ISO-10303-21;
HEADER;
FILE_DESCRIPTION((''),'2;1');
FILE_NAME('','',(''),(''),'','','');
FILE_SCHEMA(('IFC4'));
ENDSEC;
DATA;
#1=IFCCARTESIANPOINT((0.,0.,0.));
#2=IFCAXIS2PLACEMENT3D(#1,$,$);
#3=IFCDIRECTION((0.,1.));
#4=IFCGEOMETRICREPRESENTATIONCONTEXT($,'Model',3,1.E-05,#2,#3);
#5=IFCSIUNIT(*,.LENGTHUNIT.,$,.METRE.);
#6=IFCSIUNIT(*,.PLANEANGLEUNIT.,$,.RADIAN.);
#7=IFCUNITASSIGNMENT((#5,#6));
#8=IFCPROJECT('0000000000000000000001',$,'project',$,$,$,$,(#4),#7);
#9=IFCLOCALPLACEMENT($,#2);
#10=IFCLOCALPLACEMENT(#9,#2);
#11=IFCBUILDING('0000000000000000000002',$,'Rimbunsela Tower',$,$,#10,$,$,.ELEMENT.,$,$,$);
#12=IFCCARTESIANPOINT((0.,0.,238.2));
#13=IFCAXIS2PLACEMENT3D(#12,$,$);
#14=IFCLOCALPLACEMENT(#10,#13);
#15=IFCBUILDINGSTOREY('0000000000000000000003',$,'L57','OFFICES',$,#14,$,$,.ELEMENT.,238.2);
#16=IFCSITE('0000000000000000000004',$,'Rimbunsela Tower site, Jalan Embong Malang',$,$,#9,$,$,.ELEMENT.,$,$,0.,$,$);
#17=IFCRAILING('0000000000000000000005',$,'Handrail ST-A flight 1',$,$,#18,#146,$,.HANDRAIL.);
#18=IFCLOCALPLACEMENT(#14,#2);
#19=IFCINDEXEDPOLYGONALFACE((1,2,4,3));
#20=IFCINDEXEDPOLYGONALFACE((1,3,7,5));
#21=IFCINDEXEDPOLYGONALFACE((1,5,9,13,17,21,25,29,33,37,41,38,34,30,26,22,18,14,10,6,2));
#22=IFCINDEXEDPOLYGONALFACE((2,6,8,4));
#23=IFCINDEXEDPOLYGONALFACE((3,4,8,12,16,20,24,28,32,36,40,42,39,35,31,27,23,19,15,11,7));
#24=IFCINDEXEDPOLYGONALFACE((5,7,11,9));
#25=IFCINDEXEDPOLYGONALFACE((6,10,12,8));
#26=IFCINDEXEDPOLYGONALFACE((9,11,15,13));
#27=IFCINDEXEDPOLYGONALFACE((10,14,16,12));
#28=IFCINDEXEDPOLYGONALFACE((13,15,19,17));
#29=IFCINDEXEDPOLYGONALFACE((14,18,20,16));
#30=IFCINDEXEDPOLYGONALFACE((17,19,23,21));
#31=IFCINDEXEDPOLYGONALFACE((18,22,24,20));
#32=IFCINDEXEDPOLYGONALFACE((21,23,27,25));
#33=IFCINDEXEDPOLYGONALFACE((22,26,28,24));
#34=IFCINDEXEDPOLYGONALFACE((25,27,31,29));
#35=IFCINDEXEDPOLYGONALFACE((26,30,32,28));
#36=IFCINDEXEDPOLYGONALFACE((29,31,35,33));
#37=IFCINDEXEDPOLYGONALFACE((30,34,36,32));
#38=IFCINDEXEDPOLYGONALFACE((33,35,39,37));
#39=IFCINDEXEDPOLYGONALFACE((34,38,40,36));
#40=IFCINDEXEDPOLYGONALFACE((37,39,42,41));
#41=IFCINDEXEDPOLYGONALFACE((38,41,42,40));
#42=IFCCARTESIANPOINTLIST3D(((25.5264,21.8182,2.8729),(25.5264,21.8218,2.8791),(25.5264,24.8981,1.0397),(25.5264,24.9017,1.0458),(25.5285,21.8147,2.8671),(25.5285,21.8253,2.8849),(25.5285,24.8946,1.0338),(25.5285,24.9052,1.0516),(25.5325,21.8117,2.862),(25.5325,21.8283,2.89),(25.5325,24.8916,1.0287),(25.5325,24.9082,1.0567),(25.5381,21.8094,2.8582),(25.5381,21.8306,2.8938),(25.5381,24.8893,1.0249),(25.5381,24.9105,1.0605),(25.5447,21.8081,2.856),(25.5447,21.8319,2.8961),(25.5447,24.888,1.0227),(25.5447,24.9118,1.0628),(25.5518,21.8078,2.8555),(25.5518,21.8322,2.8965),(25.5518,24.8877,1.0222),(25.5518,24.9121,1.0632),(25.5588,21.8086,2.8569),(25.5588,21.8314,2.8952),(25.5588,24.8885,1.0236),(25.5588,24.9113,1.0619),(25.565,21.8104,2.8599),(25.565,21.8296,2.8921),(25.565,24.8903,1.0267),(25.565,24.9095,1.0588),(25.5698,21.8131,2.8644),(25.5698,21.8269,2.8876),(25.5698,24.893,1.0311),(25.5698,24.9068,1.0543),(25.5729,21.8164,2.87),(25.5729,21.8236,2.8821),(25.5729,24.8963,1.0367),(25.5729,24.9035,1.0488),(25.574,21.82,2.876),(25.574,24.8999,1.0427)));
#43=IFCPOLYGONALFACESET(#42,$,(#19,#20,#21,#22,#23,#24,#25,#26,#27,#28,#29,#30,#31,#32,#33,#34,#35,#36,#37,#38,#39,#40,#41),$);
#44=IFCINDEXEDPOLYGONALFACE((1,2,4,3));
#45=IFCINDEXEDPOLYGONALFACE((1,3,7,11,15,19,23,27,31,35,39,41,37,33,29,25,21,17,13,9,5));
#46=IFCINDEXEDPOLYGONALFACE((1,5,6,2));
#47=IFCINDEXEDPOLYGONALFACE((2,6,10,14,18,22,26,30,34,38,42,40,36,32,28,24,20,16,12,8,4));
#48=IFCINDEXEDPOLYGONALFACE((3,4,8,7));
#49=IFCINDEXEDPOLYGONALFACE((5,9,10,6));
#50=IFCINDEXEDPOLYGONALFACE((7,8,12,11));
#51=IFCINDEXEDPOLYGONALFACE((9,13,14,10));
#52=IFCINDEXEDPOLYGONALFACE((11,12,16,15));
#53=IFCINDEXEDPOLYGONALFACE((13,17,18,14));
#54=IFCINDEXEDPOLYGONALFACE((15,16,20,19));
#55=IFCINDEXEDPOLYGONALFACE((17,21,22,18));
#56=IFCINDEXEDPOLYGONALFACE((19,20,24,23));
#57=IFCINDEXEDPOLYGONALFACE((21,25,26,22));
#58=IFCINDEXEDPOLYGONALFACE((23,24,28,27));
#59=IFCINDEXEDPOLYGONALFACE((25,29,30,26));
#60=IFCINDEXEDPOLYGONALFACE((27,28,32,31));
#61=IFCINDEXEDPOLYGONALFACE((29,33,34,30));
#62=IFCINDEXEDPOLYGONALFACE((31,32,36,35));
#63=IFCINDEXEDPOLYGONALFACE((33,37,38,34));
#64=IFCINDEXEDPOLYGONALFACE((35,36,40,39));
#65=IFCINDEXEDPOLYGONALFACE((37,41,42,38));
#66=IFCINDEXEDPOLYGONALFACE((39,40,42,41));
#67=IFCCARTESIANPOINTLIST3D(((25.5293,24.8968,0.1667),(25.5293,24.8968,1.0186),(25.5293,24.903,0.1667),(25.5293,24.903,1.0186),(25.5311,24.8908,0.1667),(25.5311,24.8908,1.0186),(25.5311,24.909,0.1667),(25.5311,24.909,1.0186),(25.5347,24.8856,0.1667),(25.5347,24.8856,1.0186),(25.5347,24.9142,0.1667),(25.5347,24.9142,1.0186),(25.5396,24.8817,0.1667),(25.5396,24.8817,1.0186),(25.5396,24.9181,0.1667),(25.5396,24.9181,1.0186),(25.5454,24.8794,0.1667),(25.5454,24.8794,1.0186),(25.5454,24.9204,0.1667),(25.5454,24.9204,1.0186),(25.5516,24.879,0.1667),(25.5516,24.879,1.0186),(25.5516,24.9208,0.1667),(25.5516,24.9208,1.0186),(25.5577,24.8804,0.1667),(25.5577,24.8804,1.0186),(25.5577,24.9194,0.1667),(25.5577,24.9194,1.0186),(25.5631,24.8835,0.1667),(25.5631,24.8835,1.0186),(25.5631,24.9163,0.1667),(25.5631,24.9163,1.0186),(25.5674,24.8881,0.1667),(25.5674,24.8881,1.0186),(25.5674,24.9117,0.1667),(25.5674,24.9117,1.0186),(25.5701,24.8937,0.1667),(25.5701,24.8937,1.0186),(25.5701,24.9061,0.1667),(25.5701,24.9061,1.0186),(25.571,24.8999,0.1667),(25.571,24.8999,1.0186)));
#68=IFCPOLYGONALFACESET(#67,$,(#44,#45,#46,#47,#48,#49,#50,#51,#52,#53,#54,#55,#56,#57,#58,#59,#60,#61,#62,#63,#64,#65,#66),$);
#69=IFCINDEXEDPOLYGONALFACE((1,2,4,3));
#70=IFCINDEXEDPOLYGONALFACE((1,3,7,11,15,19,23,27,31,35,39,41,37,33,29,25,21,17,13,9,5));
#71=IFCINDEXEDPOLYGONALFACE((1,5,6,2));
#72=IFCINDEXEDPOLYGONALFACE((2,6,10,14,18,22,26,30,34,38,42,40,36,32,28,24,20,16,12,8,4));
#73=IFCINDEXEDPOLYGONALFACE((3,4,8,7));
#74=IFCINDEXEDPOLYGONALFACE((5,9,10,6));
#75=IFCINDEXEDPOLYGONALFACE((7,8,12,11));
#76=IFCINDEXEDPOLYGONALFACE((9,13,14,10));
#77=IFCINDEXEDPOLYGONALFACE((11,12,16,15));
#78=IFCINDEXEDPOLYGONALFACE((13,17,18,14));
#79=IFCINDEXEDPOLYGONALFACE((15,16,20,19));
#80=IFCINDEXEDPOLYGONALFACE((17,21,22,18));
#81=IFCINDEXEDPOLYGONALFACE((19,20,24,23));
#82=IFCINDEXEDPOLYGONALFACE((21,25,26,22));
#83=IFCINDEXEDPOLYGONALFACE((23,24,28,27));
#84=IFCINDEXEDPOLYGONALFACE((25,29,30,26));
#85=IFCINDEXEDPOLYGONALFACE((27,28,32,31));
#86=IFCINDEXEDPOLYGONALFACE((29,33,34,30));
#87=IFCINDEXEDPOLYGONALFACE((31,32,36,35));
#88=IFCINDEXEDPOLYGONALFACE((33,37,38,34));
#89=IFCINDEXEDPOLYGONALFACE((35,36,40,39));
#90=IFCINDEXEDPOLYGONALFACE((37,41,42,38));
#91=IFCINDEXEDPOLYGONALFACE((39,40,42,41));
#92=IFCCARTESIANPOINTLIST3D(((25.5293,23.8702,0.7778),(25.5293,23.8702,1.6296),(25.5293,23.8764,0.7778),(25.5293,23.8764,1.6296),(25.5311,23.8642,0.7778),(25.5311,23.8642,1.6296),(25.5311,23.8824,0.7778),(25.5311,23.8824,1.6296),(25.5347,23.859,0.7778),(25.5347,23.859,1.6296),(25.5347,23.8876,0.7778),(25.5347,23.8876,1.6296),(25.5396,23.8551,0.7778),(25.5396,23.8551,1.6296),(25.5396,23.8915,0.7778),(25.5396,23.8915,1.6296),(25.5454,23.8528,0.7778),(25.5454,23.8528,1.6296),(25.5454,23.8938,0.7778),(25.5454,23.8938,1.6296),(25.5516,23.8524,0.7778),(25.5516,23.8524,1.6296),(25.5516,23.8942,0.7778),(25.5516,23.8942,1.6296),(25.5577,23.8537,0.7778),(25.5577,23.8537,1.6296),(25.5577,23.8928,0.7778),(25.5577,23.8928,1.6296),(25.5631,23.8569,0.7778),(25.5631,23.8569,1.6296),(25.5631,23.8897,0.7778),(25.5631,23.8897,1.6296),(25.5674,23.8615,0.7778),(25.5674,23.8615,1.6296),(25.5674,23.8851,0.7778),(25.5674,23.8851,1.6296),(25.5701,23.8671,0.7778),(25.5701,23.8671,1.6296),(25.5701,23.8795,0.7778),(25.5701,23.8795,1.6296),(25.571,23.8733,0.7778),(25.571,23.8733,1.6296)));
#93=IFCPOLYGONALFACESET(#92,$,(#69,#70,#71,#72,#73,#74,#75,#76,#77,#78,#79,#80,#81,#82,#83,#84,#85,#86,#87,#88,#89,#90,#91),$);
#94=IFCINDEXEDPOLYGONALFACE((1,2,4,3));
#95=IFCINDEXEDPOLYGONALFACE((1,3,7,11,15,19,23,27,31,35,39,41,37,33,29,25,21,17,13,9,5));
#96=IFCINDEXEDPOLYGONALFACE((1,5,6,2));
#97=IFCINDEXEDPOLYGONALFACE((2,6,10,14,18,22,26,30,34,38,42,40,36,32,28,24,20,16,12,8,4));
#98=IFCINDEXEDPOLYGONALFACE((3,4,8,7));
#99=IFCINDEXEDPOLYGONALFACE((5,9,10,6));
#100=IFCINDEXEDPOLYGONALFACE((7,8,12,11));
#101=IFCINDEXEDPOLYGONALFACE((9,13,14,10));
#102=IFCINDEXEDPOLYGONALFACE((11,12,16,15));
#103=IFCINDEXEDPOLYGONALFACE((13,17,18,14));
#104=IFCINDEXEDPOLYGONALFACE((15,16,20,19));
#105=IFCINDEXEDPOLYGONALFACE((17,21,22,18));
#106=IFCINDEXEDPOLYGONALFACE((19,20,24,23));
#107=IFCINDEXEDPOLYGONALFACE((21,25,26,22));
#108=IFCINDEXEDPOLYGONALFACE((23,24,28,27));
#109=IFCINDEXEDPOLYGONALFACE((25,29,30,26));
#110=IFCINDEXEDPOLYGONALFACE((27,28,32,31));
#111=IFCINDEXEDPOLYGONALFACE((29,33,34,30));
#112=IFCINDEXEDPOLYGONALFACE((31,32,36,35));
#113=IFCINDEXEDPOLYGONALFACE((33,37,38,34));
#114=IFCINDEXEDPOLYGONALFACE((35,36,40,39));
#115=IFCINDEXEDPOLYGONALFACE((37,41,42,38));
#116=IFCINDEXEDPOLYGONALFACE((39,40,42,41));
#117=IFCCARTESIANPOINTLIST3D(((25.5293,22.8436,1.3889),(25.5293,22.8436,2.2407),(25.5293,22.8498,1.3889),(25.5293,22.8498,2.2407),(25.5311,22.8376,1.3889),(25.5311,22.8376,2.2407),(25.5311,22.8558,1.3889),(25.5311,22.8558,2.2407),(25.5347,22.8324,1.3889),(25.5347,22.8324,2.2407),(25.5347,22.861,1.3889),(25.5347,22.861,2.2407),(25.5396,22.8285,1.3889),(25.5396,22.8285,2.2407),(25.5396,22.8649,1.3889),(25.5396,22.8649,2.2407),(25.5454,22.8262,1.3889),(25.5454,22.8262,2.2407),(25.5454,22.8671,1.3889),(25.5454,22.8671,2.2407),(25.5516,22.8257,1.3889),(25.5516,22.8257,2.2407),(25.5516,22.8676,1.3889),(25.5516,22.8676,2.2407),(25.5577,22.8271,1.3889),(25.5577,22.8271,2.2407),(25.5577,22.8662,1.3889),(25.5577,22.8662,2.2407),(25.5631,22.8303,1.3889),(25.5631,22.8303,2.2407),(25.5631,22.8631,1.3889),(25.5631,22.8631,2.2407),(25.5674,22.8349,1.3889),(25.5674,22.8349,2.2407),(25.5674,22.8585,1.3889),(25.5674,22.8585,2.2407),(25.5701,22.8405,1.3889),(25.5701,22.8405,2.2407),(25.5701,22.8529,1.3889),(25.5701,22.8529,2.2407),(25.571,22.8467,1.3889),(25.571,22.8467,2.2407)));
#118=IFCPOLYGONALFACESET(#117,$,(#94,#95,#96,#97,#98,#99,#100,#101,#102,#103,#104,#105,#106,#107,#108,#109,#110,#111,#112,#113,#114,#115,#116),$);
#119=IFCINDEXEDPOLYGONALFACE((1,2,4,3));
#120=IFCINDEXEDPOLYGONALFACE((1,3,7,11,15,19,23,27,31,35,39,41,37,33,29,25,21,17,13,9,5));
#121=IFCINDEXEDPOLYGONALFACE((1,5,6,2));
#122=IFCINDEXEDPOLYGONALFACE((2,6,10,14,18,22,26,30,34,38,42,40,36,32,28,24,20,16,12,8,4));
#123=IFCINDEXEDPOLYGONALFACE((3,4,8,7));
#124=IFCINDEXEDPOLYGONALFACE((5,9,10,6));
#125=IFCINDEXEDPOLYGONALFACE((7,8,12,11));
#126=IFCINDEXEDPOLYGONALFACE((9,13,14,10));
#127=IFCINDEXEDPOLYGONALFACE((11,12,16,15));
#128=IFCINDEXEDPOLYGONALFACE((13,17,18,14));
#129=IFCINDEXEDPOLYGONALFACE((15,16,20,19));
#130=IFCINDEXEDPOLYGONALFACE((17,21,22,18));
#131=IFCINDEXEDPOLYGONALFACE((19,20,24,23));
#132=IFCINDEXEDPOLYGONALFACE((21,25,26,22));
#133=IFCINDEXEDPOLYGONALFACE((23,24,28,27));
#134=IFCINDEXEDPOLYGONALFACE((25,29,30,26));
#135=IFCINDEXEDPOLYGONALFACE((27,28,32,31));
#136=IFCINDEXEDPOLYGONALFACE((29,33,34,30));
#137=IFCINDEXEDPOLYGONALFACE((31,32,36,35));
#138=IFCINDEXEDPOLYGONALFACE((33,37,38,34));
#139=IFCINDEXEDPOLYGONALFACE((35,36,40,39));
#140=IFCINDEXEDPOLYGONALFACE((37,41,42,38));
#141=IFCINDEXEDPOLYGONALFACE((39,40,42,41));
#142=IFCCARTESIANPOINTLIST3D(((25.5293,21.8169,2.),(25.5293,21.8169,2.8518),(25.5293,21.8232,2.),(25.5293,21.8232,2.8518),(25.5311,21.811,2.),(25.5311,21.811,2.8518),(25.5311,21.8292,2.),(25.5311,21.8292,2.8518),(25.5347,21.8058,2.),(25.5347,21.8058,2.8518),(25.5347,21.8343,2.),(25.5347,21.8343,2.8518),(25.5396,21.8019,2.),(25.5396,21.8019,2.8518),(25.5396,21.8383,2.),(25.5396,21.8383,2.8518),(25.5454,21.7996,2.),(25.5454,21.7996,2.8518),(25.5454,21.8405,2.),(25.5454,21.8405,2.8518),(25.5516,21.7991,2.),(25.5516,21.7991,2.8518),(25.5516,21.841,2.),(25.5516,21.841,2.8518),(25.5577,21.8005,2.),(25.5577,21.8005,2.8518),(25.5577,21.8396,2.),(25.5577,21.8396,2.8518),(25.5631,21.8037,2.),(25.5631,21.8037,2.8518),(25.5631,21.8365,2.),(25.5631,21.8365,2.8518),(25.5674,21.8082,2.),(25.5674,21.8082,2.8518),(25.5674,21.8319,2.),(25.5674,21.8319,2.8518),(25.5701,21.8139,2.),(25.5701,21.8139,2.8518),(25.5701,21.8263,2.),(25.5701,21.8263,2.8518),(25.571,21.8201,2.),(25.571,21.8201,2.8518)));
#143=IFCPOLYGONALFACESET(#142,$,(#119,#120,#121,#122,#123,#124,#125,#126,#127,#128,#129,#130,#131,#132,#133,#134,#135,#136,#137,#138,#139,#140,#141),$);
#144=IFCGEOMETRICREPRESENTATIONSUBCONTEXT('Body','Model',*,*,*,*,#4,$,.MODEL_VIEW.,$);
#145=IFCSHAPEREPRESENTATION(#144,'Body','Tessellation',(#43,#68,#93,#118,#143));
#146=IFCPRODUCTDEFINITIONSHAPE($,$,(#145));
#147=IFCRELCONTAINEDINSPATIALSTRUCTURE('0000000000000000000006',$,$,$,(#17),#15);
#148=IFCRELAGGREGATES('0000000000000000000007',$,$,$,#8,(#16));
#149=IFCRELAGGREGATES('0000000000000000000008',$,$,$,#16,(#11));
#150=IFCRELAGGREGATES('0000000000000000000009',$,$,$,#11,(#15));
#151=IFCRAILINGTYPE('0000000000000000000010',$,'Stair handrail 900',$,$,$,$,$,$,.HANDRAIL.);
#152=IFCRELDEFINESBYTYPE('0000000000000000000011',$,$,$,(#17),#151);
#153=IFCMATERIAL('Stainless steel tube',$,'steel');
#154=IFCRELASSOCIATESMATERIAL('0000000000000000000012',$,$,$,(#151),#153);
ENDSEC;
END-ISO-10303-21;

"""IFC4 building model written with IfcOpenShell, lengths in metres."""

from ifc_helpers import new_model, si_unit, direction, frame, origin, origin_2d, place, context, subcontext, project, spatial, circle, extrude, material, type_object, element, save


model = new_model("IFC4")

# Units and contexts
model_context = context("Model", 3, precision=1e-05, world=origin(), true_north=direction((0.0, 1.0)))
body_context = subcontext(model_context, "Body", "Model", "MODEL_VIEW")
ifc_project = project(units=[si_unit("LENGTHUNIT", "METRE"), si_unit("PLANEANGLEUNIT", "RADIAN")], contexts=[model_context])

# Site, building, storey
site_placement = place(None, origin())
site = spatial("IfcSite", under=ifc_project, at=site_placement, Name="Rimbunsela Tower site, Jalan Embong Malang", CompositionType="ELEMENT", RefElevation=0.0)
building_placement = place(site_placement, origin())
building = spatial("IfcBuilding", under=site, at=building_placement, Name="Rimbunsela Tower", CompositionType="ELEMENT")
storey_placement = place(building_placement, frame((0.0, 0.0, 238.2)))
storey = spatial("IfcBuildingStorey", under=building, at=storey_placement, Name="L57", Description="OFFICES", CompositionType="ELEMENT", Elevation=238.2)

# Railing
ifc_material_1 = material(Name="Stainless steel tube", Category="steel")
railing_type = type_object("IfcRailingType", Name="Stair handrail 900", PredefinedType="HANDRAIL", material=ifc_material_1)
railing_1_placement = place(storey_placement, frame((25.55, 24.8999, 0.1667)))
element("IfcRailing", 1, at=railing_1_placement, inside=storey, type_object=railing_type, Name="Handrail ST-A flight 1", PredefinedType="HANDRAIL", context=body_context, shape_type="SweptSolid", body=[
    extrude(circle(Radius=0.0239, at=origin_2d()), frame((0.0, 0.0, 0.876), z_axis=(0.0, -0.859291, 0.511487), x_axis=(1.0, 0.0, 0.0)), (0.0, 0.0, 1.0), 3.5842),
    extrude(circle(Radius=0.021, at=origin_2d()), origin(), (0.0, 0.0, 1.0), 0.8518),
    extrude(circle(Radius=0.021, at=origin_2d()), frame((0.0, -1.0266, 0.6111)), (0.0, 0.0, 1.0), 0.8518),
    extrude(circle(Radius=0.021, at=origin_2d()), frame((0.0, -2.0532, 1.2222)), (0.0, 0.0, 1.0), 0.8518),
    extrude(circle(Radius=0.021, at=origin_2d()), frame((0.0, -3.0798, 1.8333)), (0.0, 0.0, 1.0), 0.8518),
])

save(model, "model.ifc")
